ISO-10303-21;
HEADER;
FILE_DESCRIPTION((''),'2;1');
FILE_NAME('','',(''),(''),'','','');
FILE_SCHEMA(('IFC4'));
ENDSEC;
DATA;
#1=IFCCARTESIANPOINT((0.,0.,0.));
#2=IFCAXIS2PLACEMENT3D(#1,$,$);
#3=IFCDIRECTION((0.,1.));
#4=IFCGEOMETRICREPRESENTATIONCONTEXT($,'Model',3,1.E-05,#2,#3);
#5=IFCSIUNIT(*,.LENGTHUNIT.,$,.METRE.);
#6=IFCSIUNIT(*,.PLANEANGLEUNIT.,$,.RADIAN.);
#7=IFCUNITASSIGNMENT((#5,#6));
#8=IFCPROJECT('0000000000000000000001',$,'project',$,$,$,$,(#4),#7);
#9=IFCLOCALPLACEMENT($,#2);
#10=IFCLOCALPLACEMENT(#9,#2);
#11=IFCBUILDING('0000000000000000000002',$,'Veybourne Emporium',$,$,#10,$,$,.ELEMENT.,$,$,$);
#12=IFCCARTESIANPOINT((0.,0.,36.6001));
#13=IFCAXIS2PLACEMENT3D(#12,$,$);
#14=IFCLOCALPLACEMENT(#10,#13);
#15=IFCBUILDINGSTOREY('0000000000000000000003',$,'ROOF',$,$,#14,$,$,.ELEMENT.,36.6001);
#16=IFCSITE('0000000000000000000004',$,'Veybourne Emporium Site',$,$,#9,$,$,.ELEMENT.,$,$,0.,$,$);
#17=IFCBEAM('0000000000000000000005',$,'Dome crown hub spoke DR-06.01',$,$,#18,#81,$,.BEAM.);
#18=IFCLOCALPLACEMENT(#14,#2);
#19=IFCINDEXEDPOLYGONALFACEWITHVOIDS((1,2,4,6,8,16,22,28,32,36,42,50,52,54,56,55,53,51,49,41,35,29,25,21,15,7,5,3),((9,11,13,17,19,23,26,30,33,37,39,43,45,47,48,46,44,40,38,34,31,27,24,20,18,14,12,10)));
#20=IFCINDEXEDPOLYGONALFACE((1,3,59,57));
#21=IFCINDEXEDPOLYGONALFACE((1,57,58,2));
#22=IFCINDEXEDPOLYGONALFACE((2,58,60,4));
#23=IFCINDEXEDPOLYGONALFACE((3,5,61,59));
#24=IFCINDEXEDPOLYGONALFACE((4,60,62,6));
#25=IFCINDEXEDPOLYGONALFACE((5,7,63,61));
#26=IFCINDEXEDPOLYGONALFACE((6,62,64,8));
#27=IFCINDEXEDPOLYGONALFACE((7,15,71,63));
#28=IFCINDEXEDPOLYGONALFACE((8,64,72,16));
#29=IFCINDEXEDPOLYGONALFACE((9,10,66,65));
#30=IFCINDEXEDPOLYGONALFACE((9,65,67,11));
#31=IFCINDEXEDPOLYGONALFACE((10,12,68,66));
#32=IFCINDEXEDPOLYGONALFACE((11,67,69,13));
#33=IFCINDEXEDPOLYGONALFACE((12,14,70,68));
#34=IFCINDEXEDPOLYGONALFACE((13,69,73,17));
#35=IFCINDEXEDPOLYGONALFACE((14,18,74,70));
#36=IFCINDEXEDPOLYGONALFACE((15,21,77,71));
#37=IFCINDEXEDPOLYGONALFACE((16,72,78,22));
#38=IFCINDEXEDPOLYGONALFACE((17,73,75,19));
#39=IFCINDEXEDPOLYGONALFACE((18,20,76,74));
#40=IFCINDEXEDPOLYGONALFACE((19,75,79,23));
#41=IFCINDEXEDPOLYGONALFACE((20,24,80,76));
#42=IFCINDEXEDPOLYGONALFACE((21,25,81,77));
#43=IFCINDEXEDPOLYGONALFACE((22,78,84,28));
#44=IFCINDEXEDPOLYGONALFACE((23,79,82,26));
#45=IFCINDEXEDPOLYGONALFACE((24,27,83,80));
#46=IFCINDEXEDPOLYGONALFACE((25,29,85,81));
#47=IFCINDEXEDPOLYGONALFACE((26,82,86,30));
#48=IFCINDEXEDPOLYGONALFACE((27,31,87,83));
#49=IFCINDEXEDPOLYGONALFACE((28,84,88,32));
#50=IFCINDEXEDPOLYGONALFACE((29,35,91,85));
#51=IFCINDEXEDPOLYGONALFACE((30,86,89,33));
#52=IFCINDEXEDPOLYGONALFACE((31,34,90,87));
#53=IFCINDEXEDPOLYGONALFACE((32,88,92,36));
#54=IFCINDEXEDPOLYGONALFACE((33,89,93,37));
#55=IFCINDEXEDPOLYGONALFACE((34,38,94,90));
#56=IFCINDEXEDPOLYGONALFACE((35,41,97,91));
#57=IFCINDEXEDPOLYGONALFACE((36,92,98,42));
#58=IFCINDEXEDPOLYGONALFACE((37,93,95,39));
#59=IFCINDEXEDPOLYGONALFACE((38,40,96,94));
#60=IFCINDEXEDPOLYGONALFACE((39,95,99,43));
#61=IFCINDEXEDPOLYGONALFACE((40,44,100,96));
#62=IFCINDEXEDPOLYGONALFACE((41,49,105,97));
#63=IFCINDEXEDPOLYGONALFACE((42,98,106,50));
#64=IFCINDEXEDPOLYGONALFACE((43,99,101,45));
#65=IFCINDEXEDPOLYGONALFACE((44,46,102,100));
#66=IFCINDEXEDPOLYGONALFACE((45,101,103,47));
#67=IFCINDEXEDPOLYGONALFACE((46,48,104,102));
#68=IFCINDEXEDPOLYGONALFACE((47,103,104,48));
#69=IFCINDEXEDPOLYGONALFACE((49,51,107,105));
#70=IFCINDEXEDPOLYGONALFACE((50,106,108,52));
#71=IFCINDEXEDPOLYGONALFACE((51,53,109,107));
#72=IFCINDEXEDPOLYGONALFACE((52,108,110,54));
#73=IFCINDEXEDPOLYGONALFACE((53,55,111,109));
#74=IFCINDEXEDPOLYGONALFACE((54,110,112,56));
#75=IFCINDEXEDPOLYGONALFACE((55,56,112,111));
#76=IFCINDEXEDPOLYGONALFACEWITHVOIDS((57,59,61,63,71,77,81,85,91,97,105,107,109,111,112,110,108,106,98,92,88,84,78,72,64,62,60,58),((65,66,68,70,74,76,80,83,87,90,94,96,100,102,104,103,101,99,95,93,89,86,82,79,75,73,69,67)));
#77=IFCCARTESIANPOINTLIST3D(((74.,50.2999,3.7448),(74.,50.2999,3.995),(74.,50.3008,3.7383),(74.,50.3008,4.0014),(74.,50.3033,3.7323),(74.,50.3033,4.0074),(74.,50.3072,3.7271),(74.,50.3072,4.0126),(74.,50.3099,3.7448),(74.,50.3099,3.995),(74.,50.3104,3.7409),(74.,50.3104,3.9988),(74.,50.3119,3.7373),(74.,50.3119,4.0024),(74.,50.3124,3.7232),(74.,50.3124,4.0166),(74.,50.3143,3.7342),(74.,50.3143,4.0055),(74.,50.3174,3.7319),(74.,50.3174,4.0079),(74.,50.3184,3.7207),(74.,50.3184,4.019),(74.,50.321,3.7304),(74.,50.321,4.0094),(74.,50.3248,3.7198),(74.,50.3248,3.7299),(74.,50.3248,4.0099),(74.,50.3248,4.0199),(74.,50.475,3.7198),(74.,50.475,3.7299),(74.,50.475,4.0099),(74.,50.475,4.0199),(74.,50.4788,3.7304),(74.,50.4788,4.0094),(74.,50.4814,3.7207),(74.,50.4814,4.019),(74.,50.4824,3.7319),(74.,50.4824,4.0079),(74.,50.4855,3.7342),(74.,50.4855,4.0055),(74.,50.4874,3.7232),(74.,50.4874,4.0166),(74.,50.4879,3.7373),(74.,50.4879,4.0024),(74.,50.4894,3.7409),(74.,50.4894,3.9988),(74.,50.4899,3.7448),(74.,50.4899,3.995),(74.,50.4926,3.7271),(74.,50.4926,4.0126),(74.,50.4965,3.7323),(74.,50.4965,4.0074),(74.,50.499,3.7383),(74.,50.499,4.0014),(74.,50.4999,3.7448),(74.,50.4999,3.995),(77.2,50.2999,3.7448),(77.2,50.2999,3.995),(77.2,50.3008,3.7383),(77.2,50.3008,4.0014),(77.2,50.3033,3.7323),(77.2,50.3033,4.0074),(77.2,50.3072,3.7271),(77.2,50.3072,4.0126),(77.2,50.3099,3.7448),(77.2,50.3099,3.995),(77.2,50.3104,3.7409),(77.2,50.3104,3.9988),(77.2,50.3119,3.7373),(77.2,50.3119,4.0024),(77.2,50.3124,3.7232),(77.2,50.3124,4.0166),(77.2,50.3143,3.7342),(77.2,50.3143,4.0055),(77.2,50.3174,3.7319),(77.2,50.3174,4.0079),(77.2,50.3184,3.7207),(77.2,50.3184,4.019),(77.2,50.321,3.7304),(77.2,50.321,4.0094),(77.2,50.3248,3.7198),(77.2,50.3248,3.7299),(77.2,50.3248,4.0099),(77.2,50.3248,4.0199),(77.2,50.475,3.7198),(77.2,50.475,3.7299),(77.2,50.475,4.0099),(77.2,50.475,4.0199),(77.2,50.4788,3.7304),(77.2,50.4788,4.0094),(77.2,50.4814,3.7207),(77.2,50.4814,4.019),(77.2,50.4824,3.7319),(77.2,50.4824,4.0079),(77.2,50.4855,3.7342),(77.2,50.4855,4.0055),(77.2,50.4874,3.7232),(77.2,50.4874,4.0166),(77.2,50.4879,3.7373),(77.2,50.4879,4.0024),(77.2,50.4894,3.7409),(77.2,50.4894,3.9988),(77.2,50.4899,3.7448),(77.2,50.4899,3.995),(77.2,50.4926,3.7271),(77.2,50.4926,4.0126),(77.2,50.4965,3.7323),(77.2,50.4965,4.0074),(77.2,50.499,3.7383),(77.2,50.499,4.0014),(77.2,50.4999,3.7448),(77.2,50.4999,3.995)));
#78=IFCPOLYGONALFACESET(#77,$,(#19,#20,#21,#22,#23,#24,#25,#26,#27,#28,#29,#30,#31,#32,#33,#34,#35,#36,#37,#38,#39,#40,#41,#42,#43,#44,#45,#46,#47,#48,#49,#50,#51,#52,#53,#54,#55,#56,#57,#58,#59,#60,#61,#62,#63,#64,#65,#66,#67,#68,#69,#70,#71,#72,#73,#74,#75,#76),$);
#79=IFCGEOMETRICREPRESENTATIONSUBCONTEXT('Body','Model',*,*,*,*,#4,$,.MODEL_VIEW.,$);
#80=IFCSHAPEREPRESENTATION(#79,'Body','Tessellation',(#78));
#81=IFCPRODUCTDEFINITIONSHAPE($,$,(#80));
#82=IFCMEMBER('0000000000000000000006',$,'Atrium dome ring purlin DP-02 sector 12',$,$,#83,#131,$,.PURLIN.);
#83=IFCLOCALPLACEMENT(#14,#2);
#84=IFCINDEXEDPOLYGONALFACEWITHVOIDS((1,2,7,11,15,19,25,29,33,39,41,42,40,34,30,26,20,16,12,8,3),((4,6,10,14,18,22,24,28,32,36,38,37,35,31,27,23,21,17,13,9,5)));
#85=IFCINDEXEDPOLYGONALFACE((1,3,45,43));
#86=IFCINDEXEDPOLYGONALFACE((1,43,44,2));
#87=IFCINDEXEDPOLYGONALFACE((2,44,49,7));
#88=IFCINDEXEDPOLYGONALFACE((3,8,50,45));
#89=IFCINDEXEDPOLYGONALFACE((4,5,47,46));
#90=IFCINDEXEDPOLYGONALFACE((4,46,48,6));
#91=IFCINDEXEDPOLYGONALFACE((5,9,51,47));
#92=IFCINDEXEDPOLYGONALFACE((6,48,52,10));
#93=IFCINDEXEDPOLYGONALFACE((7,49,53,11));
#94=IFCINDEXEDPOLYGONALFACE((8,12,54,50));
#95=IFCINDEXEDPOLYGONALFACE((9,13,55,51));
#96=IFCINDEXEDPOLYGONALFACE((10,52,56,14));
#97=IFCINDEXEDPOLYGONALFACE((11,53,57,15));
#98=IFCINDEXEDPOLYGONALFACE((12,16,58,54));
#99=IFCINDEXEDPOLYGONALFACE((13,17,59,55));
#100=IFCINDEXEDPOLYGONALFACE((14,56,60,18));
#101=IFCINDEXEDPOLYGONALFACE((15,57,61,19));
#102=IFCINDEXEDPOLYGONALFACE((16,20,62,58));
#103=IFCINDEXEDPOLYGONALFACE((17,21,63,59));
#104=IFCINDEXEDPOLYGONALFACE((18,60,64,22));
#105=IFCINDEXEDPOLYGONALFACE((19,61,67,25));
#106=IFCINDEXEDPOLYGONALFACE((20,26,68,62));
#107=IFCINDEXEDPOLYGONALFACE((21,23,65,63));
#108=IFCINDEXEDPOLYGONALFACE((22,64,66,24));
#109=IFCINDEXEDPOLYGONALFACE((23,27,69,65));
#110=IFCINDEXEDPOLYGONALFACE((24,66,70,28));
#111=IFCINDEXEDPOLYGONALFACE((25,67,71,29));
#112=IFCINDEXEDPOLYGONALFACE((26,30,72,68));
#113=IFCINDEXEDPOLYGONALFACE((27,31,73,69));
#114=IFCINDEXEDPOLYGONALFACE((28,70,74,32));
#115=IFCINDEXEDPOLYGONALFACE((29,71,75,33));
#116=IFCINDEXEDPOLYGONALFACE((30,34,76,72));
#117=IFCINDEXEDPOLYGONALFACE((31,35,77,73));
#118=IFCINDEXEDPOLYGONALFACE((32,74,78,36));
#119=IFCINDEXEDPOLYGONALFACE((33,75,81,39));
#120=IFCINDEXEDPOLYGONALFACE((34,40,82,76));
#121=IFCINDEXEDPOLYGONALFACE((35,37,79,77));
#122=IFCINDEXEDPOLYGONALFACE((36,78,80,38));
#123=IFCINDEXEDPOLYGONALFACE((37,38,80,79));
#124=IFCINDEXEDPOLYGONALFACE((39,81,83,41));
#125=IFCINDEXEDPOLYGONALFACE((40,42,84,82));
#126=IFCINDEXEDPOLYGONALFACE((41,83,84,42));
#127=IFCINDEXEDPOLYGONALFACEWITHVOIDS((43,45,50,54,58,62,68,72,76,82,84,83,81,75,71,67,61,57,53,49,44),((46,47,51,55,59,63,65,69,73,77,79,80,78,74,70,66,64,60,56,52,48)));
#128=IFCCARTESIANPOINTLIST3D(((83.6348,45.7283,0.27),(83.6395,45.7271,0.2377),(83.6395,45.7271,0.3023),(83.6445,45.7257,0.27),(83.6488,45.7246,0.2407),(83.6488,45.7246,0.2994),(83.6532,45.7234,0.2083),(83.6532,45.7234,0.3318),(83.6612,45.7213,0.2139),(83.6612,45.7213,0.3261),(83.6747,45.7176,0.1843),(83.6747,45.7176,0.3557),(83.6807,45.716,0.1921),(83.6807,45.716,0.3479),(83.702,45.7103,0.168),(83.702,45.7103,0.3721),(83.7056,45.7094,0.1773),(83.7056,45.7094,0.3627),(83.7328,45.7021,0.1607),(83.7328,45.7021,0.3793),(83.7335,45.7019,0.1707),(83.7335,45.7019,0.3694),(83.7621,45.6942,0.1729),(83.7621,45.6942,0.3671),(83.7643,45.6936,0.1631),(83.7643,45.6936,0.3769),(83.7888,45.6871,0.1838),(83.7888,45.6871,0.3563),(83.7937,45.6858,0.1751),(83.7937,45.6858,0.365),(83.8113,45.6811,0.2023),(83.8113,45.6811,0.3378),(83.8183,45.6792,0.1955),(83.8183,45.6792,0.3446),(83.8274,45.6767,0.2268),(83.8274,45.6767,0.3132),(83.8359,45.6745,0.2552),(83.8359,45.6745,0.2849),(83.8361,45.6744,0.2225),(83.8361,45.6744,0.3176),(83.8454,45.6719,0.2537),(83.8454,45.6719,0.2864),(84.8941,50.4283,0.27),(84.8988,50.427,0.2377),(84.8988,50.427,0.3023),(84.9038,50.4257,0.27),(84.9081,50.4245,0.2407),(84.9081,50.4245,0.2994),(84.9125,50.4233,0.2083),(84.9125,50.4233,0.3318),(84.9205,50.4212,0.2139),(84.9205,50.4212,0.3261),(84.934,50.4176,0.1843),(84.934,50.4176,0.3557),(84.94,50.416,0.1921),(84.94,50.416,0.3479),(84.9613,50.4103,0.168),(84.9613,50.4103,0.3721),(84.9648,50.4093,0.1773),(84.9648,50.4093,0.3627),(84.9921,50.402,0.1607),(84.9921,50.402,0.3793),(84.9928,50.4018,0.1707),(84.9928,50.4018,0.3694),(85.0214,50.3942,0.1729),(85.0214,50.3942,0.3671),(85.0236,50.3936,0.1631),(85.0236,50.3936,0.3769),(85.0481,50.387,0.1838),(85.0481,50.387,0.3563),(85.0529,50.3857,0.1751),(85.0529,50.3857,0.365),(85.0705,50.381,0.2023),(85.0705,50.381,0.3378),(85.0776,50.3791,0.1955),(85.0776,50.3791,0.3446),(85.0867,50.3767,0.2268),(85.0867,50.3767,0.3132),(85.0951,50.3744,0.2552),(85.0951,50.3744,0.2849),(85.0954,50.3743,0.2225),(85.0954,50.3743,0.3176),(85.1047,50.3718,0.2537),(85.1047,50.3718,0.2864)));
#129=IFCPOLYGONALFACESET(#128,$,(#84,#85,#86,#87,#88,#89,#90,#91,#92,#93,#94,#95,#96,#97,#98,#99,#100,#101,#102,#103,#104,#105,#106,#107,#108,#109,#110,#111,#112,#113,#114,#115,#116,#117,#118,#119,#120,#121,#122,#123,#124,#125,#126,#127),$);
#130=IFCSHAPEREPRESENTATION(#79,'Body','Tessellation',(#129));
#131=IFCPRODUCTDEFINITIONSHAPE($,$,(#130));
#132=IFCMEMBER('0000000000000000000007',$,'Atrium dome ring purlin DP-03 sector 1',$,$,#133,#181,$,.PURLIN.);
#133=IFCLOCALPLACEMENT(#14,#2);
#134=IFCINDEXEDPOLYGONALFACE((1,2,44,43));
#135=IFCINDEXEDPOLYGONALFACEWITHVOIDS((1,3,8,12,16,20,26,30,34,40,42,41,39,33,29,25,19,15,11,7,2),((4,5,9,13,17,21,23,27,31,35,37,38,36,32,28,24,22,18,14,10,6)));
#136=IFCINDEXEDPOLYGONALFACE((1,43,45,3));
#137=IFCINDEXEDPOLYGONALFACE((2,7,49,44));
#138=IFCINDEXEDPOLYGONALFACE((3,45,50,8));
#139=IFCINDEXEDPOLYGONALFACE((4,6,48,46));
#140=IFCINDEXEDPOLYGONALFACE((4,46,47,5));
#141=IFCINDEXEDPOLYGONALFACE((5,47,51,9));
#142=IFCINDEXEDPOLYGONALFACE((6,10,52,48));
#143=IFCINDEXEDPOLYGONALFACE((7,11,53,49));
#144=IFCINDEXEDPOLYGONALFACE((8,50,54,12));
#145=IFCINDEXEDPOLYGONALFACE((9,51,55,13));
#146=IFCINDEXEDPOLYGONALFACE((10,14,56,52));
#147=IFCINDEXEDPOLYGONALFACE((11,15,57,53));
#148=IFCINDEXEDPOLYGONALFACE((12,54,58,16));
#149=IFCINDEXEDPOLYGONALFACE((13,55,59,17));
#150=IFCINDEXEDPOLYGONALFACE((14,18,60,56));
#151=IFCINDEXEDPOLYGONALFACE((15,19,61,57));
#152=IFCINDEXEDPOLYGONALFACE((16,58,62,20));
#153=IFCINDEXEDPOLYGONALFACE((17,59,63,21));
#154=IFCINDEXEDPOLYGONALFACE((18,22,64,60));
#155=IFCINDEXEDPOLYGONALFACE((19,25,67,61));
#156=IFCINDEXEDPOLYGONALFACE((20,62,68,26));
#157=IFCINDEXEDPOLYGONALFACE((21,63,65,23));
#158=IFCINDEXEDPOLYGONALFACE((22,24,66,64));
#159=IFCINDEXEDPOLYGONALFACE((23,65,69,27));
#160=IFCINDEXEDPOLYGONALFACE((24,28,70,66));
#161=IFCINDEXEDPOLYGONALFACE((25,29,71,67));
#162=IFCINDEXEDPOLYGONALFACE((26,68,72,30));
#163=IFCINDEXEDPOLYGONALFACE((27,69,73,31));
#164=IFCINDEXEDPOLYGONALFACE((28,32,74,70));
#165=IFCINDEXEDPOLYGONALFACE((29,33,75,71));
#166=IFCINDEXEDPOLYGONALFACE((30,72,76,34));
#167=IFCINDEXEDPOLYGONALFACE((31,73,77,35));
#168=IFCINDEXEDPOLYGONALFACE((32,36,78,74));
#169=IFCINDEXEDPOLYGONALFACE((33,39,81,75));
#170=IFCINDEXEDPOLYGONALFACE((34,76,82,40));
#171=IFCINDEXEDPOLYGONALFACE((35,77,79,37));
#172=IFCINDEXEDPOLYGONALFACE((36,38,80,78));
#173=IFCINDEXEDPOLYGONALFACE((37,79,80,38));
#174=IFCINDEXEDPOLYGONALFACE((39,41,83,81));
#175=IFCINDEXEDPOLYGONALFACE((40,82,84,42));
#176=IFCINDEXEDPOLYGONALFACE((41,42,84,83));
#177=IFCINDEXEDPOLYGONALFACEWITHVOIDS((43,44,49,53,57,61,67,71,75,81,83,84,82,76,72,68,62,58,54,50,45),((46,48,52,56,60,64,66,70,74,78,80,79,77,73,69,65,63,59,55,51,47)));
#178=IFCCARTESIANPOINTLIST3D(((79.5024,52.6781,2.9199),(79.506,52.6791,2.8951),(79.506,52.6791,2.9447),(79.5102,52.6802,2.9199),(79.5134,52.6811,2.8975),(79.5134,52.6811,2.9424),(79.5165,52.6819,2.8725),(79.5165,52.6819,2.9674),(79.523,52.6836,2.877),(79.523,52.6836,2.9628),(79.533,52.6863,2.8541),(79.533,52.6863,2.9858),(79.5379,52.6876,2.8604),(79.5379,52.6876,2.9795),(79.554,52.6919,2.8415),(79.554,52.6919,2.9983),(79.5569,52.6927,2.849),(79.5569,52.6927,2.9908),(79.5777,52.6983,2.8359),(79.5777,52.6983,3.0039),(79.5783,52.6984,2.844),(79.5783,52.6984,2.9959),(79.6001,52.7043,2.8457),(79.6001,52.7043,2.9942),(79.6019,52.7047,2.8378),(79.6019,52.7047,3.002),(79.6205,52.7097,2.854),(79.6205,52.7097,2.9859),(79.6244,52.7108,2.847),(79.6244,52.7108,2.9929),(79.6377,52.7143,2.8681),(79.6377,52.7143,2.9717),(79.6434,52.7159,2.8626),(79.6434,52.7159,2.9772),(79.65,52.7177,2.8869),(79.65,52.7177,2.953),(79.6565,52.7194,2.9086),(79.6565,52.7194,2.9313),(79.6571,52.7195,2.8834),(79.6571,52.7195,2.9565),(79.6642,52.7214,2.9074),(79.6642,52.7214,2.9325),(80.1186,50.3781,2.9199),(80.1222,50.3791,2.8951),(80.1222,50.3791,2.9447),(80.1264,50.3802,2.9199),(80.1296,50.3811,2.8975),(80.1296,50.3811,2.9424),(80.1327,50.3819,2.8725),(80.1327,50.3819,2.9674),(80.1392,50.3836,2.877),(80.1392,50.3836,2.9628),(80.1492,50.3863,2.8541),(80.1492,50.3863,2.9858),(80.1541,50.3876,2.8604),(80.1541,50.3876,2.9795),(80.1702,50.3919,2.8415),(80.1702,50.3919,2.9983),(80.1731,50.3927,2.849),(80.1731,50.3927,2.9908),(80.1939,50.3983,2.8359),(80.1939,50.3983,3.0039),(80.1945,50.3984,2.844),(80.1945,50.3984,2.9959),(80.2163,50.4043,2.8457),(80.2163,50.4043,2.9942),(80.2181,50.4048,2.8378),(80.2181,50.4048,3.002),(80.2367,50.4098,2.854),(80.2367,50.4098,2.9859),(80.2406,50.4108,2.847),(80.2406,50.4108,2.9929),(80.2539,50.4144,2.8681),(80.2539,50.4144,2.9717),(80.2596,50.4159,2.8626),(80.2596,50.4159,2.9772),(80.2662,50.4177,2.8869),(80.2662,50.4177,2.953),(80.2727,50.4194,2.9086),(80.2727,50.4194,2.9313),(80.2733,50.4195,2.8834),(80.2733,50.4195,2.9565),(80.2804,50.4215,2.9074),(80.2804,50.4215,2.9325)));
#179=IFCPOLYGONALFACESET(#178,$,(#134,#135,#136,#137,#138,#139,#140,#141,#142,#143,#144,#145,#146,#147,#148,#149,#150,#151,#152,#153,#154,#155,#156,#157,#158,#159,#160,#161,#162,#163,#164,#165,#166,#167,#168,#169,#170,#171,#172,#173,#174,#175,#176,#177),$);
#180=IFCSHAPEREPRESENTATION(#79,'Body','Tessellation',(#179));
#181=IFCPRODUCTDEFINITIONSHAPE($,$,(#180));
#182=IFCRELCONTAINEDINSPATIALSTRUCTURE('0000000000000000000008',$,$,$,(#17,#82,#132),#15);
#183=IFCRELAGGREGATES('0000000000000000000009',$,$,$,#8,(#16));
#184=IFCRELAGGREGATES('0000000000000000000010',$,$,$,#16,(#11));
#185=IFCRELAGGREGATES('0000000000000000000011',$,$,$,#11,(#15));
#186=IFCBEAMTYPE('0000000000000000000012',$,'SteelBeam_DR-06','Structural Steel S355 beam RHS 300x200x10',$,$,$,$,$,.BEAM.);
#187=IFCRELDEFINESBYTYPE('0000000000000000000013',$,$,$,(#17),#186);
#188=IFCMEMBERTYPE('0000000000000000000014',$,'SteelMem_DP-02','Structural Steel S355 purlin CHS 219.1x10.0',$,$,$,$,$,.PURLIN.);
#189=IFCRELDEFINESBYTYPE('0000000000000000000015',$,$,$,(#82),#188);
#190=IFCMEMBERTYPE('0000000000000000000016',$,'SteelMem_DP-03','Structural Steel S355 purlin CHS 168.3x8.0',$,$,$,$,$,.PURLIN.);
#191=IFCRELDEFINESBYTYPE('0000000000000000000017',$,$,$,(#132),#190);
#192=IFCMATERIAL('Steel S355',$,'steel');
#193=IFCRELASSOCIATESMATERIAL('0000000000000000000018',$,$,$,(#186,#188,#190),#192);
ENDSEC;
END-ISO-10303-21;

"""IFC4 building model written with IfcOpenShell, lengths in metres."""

from ifc_helpers import new_model, si_unit, direction, frame, origin, origin_2d, place, context, subcontext, project, spatial, hollow_rectangle, hollow_circle, extrude, material, material_profile, profile_set, type_object, element, save


model = new_model("IFC4")

# Units and contexts
model_context = context("Model", 3, precision=1e-05, world=origin(), true_north=direction((0.0, 1.0)))
body_context = subcontext(model_context, "Body", "Model", "MODEL_VIEW")
ifc_project = project(units=[si_unit("LENGTHUNIT", "METRE"), si_unit("PLANEANGLEUNIT", "RADIAN")], contexts=[model_context])

# Site, building, storey
site_placement = place(None, origin())
site = spatial("IfcSite", under=ifc_project, at=site_placement, Name="Veybourne Emporium Site", CompositionType="ELEMENT", RefElevation=0.0)
building_placement = place(site_placement, origin())
building = spatial("IfcBuilding", under=site, at=building_placement, Name="Veybourne Emporium", CompositionType="ELEMENT")
storey_placement = place(building_placement, frame((0.0, 0.0, 36.6001)))
storey = spatial("IfcBuildingStorey", under=building, at=storey_placement, Name="ROOF", CompositionType="ELEMENT", Elevation=36.6001)

# Beam
ifc_material_1 = material(Name="Steel S355", Category="steel")
ifc_material_profile_1 = material_profile(ifc_material_1, hollow_rectangle(XDim=0.2, YDim=0.3, WallThickness=0.01, InnerFilletRadius=0.0149, OuterFilletRadius=0.0249, at=origin_2d()), Name="RHS 300x200x10")
ifc_profile_set_1 = profile_set([ifc_material_profile_1], Name="Steel S355")
beam_type_1 = type_object("IfcBeamType", Name="SteelBeam_DR-06", Description="Structural Steel S355 beam RHS 300x200x10", PredefinedType="BEAM", material=ifc_profile_set_1)
beam_1_placement = place(storey_placement, frame((77.2, 50.3999, 3.8699), z_axis=(-1.0, 0.0, 0.0), x_axis=(0.0, -1.0, 0.0)))
element("IfcBeam", 1, at=beam_1_placement, inside=storey, type_object=beam_type_1, Name="Dome crown hub spoke DR-06.01", PredefinedType="BEAM", context=body_context, shape_type="SweptSolid", body=[
    extrude(hollow_rectangle(XDim=0.2, YDim=0.3, WallThickness=0.01, InnerFilletRadius=0.0149, OuterFilletRadius=0.0249, at=origin_2d()), origin(), (0.0, 0.0, 1.0), 3.2),
])

# Members
ifc_material_profile_2 = material_profile(ifc_material_1, hollow_circle(Radius=0.1096, WallThickness=0.01, at=origin_2d()), Name="CHS 219.1x10.0")
ifc_profile_set_2 = profile_set([ifc_material_profile_2], Name="Steel S355")
member_type_1 = type_object("IfcMemberType", Name="SteelMem_DP-02", Description="Structural Steel S355 purlin CHS 219.1x10.0", PredefinedType="PURLIN", material=ifc_profile_set_2)
member_1_placement = place(storey_placement, frame((83.7407, 45.7, 0.27), z_axis=(0.258805, 0.965929, 0.0), x_axis=(-0.965929, 0.258805, 0.0)))
element("IfcMember", 2, at=member_1_placement, inside=storey, type_object=member_type_1, Name="Atrium dome ring purlin DP-02 sector 12", PredefinedType="PURLIN", context=body_context, shape_type="SweptSolid", body=[
    extrude(hollow_circle(Radius=0.1096, WallThickness=0.01, at=origin_2d()), origin(), (0.0, 0.0, 1.0), 4.8657),
])
ifc_material_profile_3 = material_profile(ifc_material_1, hollow_circle(Radius=0.0842, WallThickness=0.0081, at=origin_2d()), Name="CHS 168.3x8.0")
ifc_profile_set_3 = profile_set([ifc_material_profile_3], Name="Steel S355")
member_type_2 = type_object("IfcMemberType", Name="SteelMem_DP-03", Description="Structural Steel S355 purlin CHS 168.3x8.0", PredefinedType="PURLIN", material=ifc_profile_set_3)
member_2_placement = place(storey_placement, frame((80.2, 50.3999, 2.9199), z_axis=(-0.258786, 0.965935, 0.0), x_axis=(-0.965935, -0.258786, 0.0)))
element("IfcMember", 3, at=member_2_placement, inside=storey, type_object=member_type_2, Name="Atrium dome ring purlin DP-03 sector 1", PredefinedType="PURLIN", context=body_context, shape_type="SweptSolid", body=[
    extrude(hollow_circle(Radius=0.0842, WallThickness=0.0081, at=origin_2d()), origin(), (0.0, 0.0, 1.0), 2.3811),
])

save(model, "model.ifc")
